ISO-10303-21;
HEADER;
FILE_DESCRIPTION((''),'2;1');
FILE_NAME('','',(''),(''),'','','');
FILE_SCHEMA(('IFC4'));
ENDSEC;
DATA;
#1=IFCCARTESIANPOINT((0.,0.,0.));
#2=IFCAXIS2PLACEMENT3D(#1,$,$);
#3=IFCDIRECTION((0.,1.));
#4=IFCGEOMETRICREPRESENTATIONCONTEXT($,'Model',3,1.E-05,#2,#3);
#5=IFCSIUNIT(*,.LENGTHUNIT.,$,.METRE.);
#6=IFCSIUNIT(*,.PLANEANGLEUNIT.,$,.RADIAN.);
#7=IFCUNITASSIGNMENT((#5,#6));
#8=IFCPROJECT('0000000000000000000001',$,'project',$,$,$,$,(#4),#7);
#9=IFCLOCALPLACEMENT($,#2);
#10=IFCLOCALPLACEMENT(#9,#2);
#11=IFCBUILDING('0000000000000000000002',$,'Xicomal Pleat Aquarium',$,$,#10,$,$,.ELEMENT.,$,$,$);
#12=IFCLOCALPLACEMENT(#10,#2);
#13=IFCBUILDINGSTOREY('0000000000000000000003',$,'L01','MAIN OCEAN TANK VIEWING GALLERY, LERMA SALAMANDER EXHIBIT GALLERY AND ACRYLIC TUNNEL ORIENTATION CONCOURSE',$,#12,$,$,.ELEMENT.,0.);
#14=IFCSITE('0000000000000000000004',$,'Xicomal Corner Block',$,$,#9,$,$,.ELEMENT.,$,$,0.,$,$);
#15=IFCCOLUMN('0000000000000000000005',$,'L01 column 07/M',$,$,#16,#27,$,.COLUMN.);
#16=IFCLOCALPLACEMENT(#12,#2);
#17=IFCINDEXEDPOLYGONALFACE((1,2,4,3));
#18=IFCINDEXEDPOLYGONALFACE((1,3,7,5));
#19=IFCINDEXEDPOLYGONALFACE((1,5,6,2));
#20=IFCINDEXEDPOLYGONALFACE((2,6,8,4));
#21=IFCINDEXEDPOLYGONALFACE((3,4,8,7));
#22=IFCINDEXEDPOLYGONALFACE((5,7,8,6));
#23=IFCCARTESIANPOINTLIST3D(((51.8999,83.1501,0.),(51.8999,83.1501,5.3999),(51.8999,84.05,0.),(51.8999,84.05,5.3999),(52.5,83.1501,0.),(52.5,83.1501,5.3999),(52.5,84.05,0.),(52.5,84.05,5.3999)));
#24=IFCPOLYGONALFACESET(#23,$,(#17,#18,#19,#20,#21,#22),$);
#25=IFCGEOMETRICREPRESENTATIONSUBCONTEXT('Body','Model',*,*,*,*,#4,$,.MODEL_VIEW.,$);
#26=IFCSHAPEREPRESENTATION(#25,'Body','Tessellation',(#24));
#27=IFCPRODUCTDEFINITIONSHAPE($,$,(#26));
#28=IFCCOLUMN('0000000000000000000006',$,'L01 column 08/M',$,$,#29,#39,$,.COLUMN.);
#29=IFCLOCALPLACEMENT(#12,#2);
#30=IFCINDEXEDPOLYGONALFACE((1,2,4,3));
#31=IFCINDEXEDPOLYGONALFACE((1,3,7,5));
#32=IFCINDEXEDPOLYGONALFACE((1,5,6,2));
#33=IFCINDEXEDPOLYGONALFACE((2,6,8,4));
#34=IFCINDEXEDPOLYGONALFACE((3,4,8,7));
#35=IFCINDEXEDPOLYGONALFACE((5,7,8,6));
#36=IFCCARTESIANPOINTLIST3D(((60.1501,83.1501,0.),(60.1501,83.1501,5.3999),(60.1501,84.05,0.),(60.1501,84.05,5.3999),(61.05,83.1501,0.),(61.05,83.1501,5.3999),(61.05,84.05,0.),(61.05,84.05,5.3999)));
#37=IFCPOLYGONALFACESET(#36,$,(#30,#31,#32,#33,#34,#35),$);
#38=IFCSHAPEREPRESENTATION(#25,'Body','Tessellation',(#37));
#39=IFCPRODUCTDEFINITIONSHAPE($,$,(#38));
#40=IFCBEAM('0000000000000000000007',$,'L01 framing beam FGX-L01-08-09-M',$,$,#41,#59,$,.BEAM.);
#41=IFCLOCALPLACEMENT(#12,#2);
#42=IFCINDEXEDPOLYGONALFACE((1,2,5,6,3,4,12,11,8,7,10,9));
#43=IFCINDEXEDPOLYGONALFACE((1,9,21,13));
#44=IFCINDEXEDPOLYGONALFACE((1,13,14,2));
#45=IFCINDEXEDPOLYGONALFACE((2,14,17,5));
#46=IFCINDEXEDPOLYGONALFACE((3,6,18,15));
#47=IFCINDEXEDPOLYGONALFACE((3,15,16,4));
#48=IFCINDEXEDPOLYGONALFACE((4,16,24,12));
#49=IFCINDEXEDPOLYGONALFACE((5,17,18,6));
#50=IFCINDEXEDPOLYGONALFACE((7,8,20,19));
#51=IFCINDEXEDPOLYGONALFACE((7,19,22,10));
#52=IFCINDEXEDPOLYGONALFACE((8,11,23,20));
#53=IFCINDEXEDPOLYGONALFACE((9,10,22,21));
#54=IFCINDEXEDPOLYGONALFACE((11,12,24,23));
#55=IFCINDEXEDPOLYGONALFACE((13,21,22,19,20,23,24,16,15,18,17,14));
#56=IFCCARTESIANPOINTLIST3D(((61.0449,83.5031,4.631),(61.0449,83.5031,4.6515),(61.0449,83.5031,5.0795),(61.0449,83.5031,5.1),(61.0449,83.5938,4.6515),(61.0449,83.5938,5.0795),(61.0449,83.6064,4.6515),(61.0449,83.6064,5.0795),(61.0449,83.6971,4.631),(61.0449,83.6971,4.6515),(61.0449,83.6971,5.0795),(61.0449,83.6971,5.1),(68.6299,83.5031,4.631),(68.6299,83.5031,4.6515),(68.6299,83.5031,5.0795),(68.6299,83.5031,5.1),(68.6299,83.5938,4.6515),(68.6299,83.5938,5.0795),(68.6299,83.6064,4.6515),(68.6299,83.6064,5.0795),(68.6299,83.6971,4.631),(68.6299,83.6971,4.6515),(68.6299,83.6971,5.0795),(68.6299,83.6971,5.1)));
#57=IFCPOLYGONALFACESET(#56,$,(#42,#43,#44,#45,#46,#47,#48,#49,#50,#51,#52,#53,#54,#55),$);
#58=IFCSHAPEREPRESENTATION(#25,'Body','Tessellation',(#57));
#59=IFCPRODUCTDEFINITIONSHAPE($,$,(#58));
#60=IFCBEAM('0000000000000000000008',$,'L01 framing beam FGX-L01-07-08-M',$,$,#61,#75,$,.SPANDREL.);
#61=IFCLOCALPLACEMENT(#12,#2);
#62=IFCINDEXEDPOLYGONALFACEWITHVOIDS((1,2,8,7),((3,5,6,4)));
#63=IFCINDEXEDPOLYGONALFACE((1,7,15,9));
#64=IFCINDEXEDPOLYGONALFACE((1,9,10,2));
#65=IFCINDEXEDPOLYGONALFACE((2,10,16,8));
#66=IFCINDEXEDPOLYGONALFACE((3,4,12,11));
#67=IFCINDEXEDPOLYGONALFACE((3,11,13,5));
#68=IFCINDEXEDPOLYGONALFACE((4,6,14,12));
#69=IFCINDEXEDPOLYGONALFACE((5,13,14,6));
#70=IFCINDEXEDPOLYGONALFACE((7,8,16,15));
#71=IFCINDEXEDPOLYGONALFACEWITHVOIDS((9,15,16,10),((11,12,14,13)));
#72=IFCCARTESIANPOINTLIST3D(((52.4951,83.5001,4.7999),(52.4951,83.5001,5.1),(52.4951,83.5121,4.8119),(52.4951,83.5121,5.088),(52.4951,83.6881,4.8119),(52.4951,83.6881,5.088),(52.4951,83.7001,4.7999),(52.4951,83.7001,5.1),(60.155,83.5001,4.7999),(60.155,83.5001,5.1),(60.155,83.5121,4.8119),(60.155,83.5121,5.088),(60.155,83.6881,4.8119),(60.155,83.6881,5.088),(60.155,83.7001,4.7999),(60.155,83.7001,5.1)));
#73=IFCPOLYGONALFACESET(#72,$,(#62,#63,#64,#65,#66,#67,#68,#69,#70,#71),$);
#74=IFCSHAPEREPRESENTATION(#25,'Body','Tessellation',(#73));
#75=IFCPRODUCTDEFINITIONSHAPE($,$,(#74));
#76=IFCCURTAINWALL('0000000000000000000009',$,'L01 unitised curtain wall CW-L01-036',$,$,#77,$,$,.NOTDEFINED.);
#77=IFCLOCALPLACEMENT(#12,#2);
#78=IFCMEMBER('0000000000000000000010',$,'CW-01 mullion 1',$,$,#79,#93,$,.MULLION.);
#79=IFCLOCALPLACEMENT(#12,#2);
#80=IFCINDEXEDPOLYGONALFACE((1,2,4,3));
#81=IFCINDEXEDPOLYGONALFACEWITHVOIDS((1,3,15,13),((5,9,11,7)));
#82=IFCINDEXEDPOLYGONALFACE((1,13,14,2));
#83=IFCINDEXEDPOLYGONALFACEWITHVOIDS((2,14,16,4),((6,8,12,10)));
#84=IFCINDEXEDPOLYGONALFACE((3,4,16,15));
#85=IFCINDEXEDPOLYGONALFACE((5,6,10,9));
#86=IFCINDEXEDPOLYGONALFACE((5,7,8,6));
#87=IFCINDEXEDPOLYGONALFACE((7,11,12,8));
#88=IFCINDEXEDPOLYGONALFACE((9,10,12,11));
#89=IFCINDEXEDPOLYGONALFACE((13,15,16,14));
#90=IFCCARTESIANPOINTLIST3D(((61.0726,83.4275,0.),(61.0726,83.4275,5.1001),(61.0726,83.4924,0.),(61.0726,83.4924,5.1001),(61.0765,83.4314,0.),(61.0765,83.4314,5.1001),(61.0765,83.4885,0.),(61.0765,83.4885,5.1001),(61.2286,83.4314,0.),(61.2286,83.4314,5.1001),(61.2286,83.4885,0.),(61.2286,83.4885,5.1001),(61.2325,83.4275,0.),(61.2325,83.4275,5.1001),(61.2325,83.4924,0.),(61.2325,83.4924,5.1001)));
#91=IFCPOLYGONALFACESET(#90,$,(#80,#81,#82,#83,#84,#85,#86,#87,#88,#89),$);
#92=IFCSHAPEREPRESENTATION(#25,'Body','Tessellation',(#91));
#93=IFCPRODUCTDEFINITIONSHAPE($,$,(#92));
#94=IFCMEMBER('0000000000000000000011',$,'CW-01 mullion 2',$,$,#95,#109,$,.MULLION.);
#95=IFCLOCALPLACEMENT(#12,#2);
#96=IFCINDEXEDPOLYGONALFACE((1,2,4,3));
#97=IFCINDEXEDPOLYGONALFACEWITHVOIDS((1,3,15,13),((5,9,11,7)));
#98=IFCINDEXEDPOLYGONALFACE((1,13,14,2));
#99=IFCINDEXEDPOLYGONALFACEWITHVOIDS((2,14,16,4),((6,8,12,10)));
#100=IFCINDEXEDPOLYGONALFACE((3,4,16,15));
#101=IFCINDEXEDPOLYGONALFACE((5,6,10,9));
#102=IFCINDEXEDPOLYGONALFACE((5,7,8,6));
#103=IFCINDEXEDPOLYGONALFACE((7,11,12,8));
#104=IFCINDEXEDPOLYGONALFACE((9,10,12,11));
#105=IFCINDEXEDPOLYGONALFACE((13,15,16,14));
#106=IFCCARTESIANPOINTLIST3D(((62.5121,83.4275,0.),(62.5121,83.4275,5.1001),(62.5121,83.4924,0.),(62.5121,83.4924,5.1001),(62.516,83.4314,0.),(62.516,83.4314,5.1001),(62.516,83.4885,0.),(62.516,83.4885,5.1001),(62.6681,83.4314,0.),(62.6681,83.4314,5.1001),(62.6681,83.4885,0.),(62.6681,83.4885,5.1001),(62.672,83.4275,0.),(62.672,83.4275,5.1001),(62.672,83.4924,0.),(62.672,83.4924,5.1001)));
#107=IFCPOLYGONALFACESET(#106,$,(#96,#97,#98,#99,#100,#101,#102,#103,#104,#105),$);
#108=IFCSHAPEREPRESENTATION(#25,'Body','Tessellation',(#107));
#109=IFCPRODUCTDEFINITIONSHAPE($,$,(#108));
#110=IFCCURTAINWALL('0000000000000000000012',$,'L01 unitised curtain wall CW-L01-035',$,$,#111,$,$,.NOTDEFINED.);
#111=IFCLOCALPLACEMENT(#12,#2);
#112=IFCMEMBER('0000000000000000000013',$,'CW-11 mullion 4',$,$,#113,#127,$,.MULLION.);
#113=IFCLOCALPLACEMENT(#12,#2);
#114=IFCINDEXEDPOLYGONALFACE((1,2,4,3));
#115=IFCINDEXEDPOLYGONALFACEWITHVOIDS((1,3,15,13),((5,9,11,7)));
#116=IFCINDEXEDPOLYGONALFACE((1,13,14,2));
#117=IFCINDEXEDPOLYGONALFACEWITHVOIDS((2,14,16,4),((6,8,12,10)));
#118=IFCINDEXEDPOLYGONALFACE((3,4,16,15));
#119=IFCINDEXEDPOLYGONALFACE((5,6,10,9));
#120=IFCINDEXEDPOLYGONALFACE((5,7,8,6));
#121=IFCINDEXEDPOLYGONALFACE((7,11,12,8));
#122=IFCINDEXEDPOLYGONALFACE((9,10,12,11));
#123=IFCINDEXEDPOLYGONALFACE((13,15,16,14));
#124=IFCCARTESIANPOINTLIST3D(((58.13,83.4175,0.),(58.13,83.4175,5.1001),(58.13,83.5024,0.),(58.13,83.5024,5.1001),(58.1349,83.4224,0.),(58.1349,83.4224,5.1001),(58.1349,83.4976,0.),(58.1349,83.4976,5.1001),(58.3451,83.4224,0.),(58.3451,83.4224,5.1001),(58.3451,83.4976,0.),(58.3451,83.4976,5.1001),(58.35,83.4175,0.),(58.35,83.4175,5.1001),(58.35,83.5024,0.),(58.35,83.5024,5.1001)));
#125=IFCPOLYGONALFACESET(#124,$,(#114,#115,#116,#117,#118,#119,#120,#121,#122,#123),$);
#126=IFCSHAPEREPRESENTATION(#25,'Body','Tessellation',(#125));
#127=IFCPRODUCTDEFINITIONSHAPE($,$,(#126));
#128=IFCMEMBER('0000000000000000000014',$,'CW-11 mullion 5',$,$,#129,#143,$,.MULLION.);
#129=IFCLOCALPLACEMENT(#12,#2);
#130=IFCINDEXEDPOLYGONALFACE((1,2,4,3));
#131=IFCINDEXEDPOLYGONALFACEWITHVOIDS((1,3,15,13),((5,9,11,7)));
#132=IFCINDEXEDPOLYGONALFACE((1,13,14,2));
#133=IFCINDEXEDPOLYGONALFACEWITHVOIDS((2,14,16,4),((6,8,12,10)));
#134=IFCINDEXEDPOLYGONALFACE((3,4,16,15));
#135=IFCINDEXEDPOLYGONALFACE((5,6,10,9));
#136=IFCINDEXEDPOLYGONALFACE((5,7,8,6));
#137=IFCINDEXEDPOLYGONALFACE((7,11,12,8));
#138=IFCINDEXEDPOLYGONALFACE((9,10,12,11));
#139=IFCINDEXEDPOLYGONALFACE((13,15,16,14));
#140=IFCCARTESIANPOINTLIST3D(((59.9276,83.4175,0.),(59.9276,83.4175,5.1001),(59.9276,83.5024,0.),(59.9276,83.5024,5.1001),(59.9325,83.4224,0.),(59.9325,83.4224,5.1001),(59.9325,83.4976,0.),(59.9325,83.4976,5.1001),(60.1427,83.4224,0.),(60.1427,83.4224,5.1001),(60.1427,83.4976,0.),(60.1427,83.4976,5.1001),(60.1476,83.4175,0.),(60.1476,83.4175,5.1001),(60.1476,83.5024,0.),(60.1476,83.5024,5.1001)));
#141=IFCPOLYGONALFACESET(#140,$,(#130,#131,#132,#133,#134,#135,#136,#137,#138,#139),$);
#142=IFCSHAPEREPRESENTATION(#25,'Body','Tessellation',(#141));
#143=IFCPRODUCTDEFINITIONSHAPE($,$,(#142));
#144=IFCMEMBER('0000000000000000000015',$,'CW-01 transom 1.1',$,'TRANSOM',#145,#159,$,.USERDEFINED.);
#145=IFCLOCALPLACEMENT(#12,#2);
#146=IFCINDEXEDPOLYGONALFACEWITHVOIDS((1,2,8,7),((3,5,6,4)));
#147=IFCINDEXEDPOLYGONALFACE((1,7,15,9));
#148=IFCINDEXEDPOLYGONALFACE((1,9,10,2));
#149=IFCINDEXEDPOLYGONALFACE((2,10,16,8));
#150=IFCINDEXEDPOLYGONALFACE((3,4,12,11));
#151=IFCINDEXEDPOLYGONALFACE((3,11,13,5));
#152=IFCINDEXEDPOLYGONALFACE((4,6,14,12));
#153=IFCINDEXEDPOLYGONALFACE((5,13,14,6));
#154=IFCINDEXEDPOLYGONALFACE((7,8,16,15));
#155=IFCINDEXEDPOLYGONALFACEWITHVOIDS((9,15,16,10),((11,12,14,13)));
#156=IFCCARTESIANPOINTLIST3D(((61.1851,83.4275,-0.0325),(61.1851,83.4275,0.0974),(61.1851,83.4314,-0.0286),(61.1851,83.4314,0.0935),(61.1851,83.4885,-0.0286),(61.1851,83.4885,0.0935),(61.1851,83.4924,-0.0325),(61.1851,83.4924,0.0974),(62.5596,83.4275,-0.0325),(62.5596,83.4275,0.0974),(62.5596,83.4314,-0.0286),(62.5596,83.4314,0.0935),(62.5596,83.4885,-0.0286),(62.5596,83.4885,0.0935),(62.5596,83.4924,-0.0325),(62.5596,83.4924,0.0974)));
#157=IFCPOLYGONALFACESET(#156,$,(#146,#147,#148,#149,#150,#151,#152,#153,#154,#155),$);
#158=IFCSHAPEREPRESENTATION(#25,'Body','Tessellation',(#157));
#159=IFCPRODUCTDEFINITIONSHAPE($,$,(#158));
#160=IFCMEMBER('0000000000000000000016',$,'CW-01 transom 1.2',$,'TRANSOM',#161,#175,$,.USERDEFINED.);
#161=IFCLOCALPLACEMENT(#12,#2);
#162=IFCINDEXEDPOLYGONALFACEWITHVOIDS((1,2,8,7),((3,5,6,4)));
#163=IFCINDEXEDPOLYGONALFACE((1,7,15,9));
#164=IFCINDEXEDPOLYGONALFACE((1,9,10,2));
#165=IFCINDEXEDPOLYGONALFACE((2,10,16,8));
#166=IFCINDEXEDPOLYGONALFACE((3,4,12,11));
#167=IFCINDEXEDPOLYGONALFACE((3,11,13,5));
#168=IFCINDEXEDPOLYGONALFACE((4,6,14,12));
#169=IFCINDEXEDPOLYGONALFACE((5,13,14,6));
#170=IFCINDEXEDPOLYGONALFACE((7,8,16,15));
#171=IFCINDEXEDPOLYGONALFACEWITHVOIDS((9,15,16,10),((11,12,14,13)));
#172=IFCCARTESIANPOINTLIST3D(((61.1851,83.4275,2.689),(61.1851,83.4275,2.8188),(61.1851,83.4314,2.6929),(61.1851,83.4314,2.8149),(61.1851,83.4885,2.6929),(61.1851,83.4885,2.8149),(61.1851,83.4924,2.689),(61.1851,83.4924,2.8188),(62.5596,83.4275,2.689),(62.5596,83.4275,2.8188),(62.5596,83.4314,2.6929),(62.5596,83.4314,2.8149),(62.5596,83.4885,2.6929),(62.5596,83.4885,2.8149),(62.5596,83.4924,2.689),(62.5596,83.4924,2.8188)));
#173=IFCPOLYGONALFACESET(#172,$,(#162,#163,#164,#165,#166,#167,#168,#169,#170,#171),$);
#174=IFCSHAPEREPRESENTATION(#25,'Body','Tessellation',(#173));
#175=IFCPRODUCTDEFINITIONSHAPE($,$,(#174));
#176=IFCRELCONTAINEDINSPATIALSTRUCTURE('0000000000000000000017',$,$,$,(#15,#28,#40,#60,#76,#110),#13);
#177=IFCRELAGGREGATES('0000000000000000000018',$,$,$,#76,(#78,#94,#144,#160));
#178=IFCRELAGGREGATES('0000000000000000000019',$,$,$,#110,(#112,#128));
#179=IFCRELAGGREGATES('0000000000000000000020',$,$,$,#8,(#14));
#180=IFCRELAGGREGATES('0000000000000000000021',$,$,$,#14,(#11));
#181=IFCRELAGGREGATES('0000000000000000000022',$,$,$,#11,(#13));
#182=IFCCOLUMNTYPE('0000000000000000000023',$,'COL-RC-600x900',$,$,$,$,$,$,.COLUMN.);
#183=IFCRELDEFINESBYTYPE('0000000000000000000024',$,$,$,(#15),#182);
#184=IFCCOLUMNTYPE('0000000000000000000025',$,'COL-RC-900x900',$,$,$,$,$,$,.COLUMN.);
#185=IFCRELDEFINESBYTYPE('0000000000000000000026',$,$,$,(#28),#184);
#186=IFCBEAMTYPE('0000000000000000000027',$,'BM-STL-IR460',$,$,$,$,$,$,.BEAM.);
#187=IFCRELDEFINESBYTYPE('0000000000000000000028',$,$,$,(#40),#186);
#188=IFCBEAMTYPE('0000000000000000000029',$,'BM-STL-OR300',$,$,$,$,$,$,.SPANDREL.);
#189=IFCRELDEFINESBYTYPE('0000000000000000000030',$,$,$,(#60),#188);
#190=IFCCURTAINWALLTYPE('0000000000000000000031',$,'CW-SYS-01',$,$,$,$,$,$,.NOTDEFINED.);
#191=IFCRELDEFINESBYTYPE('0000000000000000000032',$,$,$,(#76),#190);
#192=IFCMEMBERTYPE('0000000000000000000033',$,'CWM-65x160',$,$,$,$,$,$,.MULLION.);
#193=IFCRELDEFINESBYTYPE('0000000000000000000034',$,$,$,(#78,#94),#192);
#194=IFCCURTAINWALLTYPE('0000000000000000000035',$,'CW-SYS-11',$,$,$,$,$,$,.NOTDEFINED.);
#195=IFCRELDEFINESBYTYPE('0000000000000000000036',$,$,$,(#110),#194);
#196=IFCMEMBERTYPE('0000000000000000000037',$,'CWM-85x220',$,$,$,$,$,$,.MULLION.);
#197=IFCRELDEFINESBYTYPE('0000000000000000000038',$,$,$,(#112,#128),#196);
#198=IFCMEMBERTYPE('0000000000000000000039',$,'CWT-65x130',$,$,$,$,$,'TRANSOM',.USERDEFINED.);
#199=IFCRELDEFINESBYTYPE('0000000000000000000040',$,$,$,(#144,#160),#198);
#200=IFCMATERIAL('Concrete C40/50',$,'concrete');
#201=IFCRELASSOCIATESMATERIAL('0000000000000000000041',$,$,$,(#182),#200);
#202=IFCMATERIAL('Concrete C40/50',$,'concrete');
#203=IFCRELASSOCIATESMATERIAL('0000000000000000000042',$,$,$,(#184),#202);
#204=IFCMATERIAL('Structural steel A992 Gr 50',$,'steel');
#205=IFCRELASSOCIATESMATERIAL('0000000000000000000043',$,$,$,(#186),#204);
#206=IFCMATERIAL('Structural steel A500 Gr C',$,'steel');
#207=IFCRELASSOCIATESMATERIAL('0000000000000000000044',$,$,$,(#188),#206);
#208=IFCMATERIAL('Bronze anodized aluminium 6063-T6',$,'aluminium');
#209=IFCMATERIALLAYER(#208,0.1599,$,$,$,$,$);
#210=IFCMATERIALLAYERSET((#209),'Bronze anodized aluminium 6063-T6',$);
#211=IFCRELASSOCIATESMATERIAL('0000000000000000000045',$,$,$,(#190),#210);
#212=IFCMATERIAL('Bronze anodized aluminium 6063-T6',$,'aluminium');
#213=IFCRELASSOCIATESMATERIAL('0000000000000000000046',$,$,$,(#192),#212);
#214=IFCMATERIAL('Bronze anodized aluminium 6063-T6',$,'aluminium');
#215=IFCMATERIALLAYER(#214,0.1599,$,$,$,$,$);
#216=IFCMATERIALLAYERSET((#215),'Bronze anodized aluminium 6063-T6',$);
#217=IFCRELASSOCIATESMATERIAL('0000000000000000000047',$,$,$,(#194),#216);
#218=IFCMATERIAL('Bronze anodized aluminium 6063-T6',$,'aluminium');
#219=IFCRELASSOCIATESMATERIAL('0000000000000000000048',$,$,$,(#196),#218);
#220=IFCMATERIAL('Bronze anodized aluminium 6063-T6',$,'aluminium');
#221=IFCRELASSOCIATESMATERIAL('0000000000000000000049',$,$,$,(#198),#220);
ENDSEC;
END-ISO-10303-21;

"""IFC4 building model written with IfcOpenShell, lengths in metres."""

from ifc_helpers import new_model, si_unit, direction, frame, origin, origin_2d, place, context, subcontext, project, spatial, rectangle, hollow_rectangle, i_section, extrude, material, layer, layer_set, material_profile, profile_set, type_object, element, aggregate, save


model = new_model("IFC4")

# Units and contexts
model_context = context("Model", 3, precision=1e-05, world=origin(), true_north=direction((0.0, 1.0)))
body_context = subcontext(model_context, "Body", "Model", "MODEL_VIEW")
ifc_project = project(units=[si_unit("LENGTHUNIT", "METRE"), si_unit("PLANEANGLEUNIT", "RADIAN")], contexts=[model_context])

# Site, building, storey
site_placement = place(None, origin())
site = spatial("IfcSite", under=ifc_project, at=site_placement, Name="Xicomal Corner Block", CompositionType="ELEMENT", RefElevation=0.0)
building_placement = place(site_placement, origin())
building = spatial("IfcBuilding", under=site, at=building_placement, Name="Xicomal Pleat Aquarium", CompositionType="ELEMENT")
storey_placement = place(building_placement, origin())
storey = spatial("IfcBuildingStorey", under=building, at=storey_placement, Name="L01", Description="MAIN OCEAN TANK VIEWING GALLERY, LERMA SALAMANDER EXHIBIT GALLERY AND ACRYLIC TUNNEL ORIENTATION CONCOURSE", CompositionType="ELEMENT", Elevation=0.0)

# Columns
ifc_material_1 = material(Name="Concrete C40/50", Category="concrete")
ifc_material_profile_1 = material_profile(ifc_material_1, rectangle(XDim=0.6001, YDim=0.8999, at=origin_2d()), Name="RC 600x900")
ifc_profile_set_1 = profile_set([ifc_material_profile_1], Name="Concrete C40/50")
column_type_1 = type_object("IfcColumnType", Name="COL-RC-600x900", PredefinedType="COLUMN", material=ifc_profile_set_1)
column_1_placement = place(storey_placement, frame((52.2, 83.6001, 0.0), z_axis=(0.0, 0.0, 1.0), x_axis=(1.0, 0.0, 0.0)))
element("IfcColumn", 1, at=column_1_placement, inside=storey, type_object=column_type_1, Name="L01 column 07/M", PredefinedType="COLUMN", context=body_context, shape_type="SweptSolid", body=[
    extrude(rectangle(XDim=0.6001, YDim=0.8999, at=origin_2d()), origin(), (0.0, 0.0, 1.0), 5.3999),
])
ifc_material_2 = material(Name="Concrete C40/50", Category="concrete")
ifc_material_profile_2 = material_profile(ifc_material_2, rectangle(XDim=0.8999, YDim=0.8999, at=origin_2d()), Name="RC 900x900")
ifc_profile_set_2 = profile_set([ifc_material_profile_2], Name="Concrete C40/50")
column_type_2 = type_object("IfcColumnType", Name="COL-RC-900x900", PredefinedType="COLUMN", material=ifc_profile_set_2)
column_2_placement = place(storey_placement, frame((60.6001, 83.6001, 0.0), z_axis=(0.0, 0.0, 1.0), x_axis=(1.0, 0.0, 0.0)))
element("IfcColumn", 2, at=column_2_placement, inside=storey, type_object=column_type_2, Name="L01 column 08/M", PredefinedType="COLUMN", context=body_context, shape_type="SweptSolid", body=[
    extrude(rectangle(XDim=0.8999, YDim=0.8999, at=origin_2d()), origin(), (0.0, 0.0, 1.0), 5.3999),
])

# Beams
ifc_material_3 = material(Name="Structural steel A992 Gr 50", Category="steel")
ifc_material_profile_3 = material_profile(ifc_material_3, i_section(OverallWidth=0.1941, OverallDepth=0.469, WebThickness=0.0127, FlangeThickness=0.0205, at=origin_2d()), Name="IR 460x106")
ifc_profile_set_3 = profile_set([ifc_material_profile_3], Name="Structural steel A992 Gr 50")
beam_type_1 = type_object("IfcBeamType", Name="BM-STL-IR460", PredefinedType="BEAM", material=ifc_profile_set_3)
beam_1_placement = place(storey_placement, frame((61.0449, 83.6001, 4.8655), z_axis=(1.0, 0.0, 0.0), x_axis=(0.0, 1.0, 0.0)))
element("IfcBeam", 3, at=beam_1_placement, inside=storey, type_object=beam_type_1, Name="L01 framing beam FGX-L01-08-09-M", PredefinedType="BEAM", context=body_context, shape_type="SweptSolid", body=[
    extrude(i_section(OverallWidth=0.1941, OverallDepth=0.469, WebThickness=0.0127, FlangeThickness=0.0205, at=origin_2d()), origin(), (0.0, 0.0, 1.0), 7.585),
])
ifc_material_4 = material(Name="Structural steel A500 Gr C", Category="steel")
ifc_material_profile_4 = material_profile(ifc_material_4, hollow_rectangle(XDim=0.2, YDim=0.3, WallThickness=0.012, at=origin_2d()), Name="OR 300x200x12")
ifc_profile_set_4 = profile_set([ifc_material_profile_4], Name="Structural steel A500 Gr C")
beam_type_2 = type_object("IfcBeamType", Name="BM-STL-OR300", PredefinedType="SPANDREL", material=ifc_profile_set_4)
beam_2_placement = place(storey_placement, frame((52.4951, 83.6001, 4.95), z_axis=(1.0, 0.0, 0.0), x_axis=(0.0, 1.0, 0.0)))
element("IfcBeam", 4, at=beam_2_placement, inside=storey, type_object=beam_type_2, Name="L01 framing beam FGX-L01-07-08-M", PredefinedType="SPANDREL", context=body_context, shape_type="SweptSolid", body=[
    extrude(hollow_rectangle(XDim=0.2, YDim=0.3, WallThickness=0.012, at=origin_2d()), origin(), (0.0, 0.0, 1.0), 7.6599),
])

# Curtain walls, members
ifc_material_5 = material(Name="Bronze anodized aluminium 6063-T6", Category="aluminium")
ifc_layer_1 = layer(ifc_material_5, 0.1599)
ifc_layer_set_1 = layer_set([ifc_layer_1], Name="Bronze anodized aluminium 6063-T6")
curtain_wall_type_1 = type_object("IfcCurtainWallType", Name="CW-SYS-01", PredefinedType="NOTDEFINED", material=ifc_layer_set_1)
curtain_wall_1_placement = place(storey_placement, origin())
curtain_wall_1 = element("IfcCurtainWall", 5, at=curtain_wall_1_placement, inside=storey, type_object=curtain_wall_type_1, Name="L01 unitised curtain wall CW-L01-036", PredefinedType="NOTDEFINED")
ifc_material_6 = material(Name="Bronze anodized aluminium 6063-T6", Category="aluminium")
ifc_material_profile_5 = material_profile(ifc_material_6, hollow_rectangle(XDim=0.0649, YDim=0.1599, WallThickness=0.0039, at=origin_2d()), Name="ALU MULL 65x160")
ifc_profile_set_5 = profile_set([ifc_material_profile_5], Name="Bronze anodized aluminium 6063-T6")
member_type_1 = type_object("IfcMemberType", Name="CWM-65x160", PredefinedType="MULLION", material=ifc_profile_set_5)
member_1_placement = place(storey_placement, frame((61.1526, 83.46, 0.0), z_axis=(0.0, 0.0, 1.0), x_axis=(0.0, 1.0, 0.0)))
member_1 = element("IfcMember", 6, at=member_1_placement, type_object=member_type_1, Name="CW-01 mullion 1", PredefinedType="MULLION", context=body_context, shape_type="SweptSolid", body=[
    extrude(hollow_rectangle(XDim=0.0649, YDim=0.1599, WallThickness=0.0039, at=origin_2d()), origin(), (0.0, 0.0, 1.0), 5.1001),
])
member_2_placement = place(storey_placement, frame((62.592, 83.46, 0.0), z_axis=(0.0, 0.0, 1.0), x_axis=(0.0, 1.0, 0.0)))
member_2 = element("IfcMember", 7, at=member_2_placement, type_object=member_type_1, Name="CW-01 mullion 2", PredefinedType="MULLION", context=body_context, shape_type="SweptSolid", body=[
    extrude(hollow_rectangle(XDim=0.0649, YDim=0.1599, WallThickness=0.0039, at=origin_2d()), origin(), (0.0, 0.0, 1.0), 5.1001),
])
ifc_material_7 = material(Name="Bronze anodized aluminium 6063-T6", Category="aluminium")
ifc_layer_2 = layer(ifc_material_7, 0.1599)
ifc_layer_set_2 = layer_set([ifc_layer_2], Name="Bronze anodized aluminium 6063-T6")
curtain_wall_type_2 = type_object("IfcCurtainWallType", Name="CW-SYS-11", PredefinedType="NOTDEFINED", material=ifc_layer_set_2)
curtain_wall_2_placement = place(storey_placement, origin())
curtain_wall_2 = element("IfcCurtainWall", 8, at=curtain_wall_2_placement, inside=storey, type_object=curtain_wall_type_2, Name="L01 unitised curtain wall CW-L01-035", PredefinedType="NOTDEFINED")
ifc_material_8 = material(Name="Bronze anodized aluminium 6063-T6", Category="aluminium")
ifc_material_profile_6 = material_profile(ifc_material_8, hollow_rectangle(XDim=0.085, YDim=0.22, WallThickness=0.0049, at=origin_2d()), Name="ALU MULL 85x220")
ifc_profile_set_6 = profile_set([ifc_material_profile_6], Name="Bronze anodized aluminium 6063-T6")
member_type_2 = type_object("IfcMemberType", Name="CWM-85x220", PredefinedType="MULLION", material=ifc_profile_set_6)
member_3_placement = place(storey_placement, frame((58.24, 83.46, 0.0), z_axis=(0.0, 0.0, 1.0), x_axis=(0.0, 1.0, 0.0)))
member_3 = element("IfcMember", 9, at=member_3_placement, type_object=member_type_2, Name="CW-11 mullion 4", PredefinedType="MULLION", context=body_context, shape_type="SweptSolid", body=[
    extrude(hollow_rectangle(XDim=0.085, YDim=0.22, WallThickness=0.0049, at=origin_2d()), origin(), (0.0, 0.0, 1.0), 5.1001),
])
member_4_placement = place(storey_placement, frame((60.0376, 83.46, 0.0), z_axis=(0.0, 0.0, 1.0), x_axis=(0.0, 1.0, 0.0)))
member_4 = element("IfcMember", 10, at=member_4_placement, type_object=member_type_2, Name="CW-11 mullion 5", PredefinedType="MULLION", context=body_context, shape_type="SweptSolid", body=[
    extrude(hollow_rectangle(XDim=0.085, YDim=0.22, WallThickness=0.0049, at=origin_2d()), origin(), (0.0, 0.0, 1.0), 5.1001),
])

# Members
ifc_material_9 = material(Name="Bronze anodized aluminium 6063-T6", Category="aluminium")
ifc_material_profile_7 = material_profile(ifc_material_9, hollow_rectangle(XDim=0.0649, YDim=0.1299, WallThickness=0.0039, at=origin_2d()), Name="ALU TRAN 65x130")
ifc_profile_set_7 = profile_set([ifc_material_profile_7], Name="Bronze anodized aluminium 6063-T6")
member_type_3 = type_object("IfcMemberType", Name="CWT-65x130", ElementType="TRANSOM", PredefinedType="USERDEFINED", material=ifc_profile_set_7)
member_5_placement = place(storey_placement, frame((61.1851, 83.46, 0.0325), z_axis=(1.0, 0.0, 0.0), x_axis=(0.0, 1.0, 0.0)))
member_5 = element("IfcMember", 11, at=member_5_placement, type_object=member_type_3, Name="CW-01 transom 1.1", ObjectType="TRANSOM", PredefinedType="USERDEFINED", context=body_context, shape_type="SweptSolid", body=[
    extrude(hollow_rectangle(XDim=0.0649, YDim=0.1299, WallThickness=0.0039, at=origin_2d()), origin(), (0.0, 0.0, 1.0), 1.3745),
])
member_6_placement = place(storey_placement, frame((61.1851, 83.46, 2.7539), z_axis=(1.0, 0.0, 0.0), x_axis=(0.0, 1.0, 0.0)))
member_6 = element("IfcMember", 12, at=member_6_placement, type_object=member_type_3, Name="CW-01 transom 1.2", ObjectType="TRANSOM", PredefinedType="USERDEFINED", context=body_context, shape_type="SweptSolid", body=[
    extrude(hollow_rectangle(XDim=0.0649, YDim=0.1299, WallThickness=0.0039, at=origin_2d()), origin(), (0.0, 0.0, 1.0), 1.3745),
])

aggregate(curtain_wall_1, [member_1, member_2, member_5, member_6])
aggregate(curtain_wall_2, [member_3, member_4])

save(model, "model.ifc")
